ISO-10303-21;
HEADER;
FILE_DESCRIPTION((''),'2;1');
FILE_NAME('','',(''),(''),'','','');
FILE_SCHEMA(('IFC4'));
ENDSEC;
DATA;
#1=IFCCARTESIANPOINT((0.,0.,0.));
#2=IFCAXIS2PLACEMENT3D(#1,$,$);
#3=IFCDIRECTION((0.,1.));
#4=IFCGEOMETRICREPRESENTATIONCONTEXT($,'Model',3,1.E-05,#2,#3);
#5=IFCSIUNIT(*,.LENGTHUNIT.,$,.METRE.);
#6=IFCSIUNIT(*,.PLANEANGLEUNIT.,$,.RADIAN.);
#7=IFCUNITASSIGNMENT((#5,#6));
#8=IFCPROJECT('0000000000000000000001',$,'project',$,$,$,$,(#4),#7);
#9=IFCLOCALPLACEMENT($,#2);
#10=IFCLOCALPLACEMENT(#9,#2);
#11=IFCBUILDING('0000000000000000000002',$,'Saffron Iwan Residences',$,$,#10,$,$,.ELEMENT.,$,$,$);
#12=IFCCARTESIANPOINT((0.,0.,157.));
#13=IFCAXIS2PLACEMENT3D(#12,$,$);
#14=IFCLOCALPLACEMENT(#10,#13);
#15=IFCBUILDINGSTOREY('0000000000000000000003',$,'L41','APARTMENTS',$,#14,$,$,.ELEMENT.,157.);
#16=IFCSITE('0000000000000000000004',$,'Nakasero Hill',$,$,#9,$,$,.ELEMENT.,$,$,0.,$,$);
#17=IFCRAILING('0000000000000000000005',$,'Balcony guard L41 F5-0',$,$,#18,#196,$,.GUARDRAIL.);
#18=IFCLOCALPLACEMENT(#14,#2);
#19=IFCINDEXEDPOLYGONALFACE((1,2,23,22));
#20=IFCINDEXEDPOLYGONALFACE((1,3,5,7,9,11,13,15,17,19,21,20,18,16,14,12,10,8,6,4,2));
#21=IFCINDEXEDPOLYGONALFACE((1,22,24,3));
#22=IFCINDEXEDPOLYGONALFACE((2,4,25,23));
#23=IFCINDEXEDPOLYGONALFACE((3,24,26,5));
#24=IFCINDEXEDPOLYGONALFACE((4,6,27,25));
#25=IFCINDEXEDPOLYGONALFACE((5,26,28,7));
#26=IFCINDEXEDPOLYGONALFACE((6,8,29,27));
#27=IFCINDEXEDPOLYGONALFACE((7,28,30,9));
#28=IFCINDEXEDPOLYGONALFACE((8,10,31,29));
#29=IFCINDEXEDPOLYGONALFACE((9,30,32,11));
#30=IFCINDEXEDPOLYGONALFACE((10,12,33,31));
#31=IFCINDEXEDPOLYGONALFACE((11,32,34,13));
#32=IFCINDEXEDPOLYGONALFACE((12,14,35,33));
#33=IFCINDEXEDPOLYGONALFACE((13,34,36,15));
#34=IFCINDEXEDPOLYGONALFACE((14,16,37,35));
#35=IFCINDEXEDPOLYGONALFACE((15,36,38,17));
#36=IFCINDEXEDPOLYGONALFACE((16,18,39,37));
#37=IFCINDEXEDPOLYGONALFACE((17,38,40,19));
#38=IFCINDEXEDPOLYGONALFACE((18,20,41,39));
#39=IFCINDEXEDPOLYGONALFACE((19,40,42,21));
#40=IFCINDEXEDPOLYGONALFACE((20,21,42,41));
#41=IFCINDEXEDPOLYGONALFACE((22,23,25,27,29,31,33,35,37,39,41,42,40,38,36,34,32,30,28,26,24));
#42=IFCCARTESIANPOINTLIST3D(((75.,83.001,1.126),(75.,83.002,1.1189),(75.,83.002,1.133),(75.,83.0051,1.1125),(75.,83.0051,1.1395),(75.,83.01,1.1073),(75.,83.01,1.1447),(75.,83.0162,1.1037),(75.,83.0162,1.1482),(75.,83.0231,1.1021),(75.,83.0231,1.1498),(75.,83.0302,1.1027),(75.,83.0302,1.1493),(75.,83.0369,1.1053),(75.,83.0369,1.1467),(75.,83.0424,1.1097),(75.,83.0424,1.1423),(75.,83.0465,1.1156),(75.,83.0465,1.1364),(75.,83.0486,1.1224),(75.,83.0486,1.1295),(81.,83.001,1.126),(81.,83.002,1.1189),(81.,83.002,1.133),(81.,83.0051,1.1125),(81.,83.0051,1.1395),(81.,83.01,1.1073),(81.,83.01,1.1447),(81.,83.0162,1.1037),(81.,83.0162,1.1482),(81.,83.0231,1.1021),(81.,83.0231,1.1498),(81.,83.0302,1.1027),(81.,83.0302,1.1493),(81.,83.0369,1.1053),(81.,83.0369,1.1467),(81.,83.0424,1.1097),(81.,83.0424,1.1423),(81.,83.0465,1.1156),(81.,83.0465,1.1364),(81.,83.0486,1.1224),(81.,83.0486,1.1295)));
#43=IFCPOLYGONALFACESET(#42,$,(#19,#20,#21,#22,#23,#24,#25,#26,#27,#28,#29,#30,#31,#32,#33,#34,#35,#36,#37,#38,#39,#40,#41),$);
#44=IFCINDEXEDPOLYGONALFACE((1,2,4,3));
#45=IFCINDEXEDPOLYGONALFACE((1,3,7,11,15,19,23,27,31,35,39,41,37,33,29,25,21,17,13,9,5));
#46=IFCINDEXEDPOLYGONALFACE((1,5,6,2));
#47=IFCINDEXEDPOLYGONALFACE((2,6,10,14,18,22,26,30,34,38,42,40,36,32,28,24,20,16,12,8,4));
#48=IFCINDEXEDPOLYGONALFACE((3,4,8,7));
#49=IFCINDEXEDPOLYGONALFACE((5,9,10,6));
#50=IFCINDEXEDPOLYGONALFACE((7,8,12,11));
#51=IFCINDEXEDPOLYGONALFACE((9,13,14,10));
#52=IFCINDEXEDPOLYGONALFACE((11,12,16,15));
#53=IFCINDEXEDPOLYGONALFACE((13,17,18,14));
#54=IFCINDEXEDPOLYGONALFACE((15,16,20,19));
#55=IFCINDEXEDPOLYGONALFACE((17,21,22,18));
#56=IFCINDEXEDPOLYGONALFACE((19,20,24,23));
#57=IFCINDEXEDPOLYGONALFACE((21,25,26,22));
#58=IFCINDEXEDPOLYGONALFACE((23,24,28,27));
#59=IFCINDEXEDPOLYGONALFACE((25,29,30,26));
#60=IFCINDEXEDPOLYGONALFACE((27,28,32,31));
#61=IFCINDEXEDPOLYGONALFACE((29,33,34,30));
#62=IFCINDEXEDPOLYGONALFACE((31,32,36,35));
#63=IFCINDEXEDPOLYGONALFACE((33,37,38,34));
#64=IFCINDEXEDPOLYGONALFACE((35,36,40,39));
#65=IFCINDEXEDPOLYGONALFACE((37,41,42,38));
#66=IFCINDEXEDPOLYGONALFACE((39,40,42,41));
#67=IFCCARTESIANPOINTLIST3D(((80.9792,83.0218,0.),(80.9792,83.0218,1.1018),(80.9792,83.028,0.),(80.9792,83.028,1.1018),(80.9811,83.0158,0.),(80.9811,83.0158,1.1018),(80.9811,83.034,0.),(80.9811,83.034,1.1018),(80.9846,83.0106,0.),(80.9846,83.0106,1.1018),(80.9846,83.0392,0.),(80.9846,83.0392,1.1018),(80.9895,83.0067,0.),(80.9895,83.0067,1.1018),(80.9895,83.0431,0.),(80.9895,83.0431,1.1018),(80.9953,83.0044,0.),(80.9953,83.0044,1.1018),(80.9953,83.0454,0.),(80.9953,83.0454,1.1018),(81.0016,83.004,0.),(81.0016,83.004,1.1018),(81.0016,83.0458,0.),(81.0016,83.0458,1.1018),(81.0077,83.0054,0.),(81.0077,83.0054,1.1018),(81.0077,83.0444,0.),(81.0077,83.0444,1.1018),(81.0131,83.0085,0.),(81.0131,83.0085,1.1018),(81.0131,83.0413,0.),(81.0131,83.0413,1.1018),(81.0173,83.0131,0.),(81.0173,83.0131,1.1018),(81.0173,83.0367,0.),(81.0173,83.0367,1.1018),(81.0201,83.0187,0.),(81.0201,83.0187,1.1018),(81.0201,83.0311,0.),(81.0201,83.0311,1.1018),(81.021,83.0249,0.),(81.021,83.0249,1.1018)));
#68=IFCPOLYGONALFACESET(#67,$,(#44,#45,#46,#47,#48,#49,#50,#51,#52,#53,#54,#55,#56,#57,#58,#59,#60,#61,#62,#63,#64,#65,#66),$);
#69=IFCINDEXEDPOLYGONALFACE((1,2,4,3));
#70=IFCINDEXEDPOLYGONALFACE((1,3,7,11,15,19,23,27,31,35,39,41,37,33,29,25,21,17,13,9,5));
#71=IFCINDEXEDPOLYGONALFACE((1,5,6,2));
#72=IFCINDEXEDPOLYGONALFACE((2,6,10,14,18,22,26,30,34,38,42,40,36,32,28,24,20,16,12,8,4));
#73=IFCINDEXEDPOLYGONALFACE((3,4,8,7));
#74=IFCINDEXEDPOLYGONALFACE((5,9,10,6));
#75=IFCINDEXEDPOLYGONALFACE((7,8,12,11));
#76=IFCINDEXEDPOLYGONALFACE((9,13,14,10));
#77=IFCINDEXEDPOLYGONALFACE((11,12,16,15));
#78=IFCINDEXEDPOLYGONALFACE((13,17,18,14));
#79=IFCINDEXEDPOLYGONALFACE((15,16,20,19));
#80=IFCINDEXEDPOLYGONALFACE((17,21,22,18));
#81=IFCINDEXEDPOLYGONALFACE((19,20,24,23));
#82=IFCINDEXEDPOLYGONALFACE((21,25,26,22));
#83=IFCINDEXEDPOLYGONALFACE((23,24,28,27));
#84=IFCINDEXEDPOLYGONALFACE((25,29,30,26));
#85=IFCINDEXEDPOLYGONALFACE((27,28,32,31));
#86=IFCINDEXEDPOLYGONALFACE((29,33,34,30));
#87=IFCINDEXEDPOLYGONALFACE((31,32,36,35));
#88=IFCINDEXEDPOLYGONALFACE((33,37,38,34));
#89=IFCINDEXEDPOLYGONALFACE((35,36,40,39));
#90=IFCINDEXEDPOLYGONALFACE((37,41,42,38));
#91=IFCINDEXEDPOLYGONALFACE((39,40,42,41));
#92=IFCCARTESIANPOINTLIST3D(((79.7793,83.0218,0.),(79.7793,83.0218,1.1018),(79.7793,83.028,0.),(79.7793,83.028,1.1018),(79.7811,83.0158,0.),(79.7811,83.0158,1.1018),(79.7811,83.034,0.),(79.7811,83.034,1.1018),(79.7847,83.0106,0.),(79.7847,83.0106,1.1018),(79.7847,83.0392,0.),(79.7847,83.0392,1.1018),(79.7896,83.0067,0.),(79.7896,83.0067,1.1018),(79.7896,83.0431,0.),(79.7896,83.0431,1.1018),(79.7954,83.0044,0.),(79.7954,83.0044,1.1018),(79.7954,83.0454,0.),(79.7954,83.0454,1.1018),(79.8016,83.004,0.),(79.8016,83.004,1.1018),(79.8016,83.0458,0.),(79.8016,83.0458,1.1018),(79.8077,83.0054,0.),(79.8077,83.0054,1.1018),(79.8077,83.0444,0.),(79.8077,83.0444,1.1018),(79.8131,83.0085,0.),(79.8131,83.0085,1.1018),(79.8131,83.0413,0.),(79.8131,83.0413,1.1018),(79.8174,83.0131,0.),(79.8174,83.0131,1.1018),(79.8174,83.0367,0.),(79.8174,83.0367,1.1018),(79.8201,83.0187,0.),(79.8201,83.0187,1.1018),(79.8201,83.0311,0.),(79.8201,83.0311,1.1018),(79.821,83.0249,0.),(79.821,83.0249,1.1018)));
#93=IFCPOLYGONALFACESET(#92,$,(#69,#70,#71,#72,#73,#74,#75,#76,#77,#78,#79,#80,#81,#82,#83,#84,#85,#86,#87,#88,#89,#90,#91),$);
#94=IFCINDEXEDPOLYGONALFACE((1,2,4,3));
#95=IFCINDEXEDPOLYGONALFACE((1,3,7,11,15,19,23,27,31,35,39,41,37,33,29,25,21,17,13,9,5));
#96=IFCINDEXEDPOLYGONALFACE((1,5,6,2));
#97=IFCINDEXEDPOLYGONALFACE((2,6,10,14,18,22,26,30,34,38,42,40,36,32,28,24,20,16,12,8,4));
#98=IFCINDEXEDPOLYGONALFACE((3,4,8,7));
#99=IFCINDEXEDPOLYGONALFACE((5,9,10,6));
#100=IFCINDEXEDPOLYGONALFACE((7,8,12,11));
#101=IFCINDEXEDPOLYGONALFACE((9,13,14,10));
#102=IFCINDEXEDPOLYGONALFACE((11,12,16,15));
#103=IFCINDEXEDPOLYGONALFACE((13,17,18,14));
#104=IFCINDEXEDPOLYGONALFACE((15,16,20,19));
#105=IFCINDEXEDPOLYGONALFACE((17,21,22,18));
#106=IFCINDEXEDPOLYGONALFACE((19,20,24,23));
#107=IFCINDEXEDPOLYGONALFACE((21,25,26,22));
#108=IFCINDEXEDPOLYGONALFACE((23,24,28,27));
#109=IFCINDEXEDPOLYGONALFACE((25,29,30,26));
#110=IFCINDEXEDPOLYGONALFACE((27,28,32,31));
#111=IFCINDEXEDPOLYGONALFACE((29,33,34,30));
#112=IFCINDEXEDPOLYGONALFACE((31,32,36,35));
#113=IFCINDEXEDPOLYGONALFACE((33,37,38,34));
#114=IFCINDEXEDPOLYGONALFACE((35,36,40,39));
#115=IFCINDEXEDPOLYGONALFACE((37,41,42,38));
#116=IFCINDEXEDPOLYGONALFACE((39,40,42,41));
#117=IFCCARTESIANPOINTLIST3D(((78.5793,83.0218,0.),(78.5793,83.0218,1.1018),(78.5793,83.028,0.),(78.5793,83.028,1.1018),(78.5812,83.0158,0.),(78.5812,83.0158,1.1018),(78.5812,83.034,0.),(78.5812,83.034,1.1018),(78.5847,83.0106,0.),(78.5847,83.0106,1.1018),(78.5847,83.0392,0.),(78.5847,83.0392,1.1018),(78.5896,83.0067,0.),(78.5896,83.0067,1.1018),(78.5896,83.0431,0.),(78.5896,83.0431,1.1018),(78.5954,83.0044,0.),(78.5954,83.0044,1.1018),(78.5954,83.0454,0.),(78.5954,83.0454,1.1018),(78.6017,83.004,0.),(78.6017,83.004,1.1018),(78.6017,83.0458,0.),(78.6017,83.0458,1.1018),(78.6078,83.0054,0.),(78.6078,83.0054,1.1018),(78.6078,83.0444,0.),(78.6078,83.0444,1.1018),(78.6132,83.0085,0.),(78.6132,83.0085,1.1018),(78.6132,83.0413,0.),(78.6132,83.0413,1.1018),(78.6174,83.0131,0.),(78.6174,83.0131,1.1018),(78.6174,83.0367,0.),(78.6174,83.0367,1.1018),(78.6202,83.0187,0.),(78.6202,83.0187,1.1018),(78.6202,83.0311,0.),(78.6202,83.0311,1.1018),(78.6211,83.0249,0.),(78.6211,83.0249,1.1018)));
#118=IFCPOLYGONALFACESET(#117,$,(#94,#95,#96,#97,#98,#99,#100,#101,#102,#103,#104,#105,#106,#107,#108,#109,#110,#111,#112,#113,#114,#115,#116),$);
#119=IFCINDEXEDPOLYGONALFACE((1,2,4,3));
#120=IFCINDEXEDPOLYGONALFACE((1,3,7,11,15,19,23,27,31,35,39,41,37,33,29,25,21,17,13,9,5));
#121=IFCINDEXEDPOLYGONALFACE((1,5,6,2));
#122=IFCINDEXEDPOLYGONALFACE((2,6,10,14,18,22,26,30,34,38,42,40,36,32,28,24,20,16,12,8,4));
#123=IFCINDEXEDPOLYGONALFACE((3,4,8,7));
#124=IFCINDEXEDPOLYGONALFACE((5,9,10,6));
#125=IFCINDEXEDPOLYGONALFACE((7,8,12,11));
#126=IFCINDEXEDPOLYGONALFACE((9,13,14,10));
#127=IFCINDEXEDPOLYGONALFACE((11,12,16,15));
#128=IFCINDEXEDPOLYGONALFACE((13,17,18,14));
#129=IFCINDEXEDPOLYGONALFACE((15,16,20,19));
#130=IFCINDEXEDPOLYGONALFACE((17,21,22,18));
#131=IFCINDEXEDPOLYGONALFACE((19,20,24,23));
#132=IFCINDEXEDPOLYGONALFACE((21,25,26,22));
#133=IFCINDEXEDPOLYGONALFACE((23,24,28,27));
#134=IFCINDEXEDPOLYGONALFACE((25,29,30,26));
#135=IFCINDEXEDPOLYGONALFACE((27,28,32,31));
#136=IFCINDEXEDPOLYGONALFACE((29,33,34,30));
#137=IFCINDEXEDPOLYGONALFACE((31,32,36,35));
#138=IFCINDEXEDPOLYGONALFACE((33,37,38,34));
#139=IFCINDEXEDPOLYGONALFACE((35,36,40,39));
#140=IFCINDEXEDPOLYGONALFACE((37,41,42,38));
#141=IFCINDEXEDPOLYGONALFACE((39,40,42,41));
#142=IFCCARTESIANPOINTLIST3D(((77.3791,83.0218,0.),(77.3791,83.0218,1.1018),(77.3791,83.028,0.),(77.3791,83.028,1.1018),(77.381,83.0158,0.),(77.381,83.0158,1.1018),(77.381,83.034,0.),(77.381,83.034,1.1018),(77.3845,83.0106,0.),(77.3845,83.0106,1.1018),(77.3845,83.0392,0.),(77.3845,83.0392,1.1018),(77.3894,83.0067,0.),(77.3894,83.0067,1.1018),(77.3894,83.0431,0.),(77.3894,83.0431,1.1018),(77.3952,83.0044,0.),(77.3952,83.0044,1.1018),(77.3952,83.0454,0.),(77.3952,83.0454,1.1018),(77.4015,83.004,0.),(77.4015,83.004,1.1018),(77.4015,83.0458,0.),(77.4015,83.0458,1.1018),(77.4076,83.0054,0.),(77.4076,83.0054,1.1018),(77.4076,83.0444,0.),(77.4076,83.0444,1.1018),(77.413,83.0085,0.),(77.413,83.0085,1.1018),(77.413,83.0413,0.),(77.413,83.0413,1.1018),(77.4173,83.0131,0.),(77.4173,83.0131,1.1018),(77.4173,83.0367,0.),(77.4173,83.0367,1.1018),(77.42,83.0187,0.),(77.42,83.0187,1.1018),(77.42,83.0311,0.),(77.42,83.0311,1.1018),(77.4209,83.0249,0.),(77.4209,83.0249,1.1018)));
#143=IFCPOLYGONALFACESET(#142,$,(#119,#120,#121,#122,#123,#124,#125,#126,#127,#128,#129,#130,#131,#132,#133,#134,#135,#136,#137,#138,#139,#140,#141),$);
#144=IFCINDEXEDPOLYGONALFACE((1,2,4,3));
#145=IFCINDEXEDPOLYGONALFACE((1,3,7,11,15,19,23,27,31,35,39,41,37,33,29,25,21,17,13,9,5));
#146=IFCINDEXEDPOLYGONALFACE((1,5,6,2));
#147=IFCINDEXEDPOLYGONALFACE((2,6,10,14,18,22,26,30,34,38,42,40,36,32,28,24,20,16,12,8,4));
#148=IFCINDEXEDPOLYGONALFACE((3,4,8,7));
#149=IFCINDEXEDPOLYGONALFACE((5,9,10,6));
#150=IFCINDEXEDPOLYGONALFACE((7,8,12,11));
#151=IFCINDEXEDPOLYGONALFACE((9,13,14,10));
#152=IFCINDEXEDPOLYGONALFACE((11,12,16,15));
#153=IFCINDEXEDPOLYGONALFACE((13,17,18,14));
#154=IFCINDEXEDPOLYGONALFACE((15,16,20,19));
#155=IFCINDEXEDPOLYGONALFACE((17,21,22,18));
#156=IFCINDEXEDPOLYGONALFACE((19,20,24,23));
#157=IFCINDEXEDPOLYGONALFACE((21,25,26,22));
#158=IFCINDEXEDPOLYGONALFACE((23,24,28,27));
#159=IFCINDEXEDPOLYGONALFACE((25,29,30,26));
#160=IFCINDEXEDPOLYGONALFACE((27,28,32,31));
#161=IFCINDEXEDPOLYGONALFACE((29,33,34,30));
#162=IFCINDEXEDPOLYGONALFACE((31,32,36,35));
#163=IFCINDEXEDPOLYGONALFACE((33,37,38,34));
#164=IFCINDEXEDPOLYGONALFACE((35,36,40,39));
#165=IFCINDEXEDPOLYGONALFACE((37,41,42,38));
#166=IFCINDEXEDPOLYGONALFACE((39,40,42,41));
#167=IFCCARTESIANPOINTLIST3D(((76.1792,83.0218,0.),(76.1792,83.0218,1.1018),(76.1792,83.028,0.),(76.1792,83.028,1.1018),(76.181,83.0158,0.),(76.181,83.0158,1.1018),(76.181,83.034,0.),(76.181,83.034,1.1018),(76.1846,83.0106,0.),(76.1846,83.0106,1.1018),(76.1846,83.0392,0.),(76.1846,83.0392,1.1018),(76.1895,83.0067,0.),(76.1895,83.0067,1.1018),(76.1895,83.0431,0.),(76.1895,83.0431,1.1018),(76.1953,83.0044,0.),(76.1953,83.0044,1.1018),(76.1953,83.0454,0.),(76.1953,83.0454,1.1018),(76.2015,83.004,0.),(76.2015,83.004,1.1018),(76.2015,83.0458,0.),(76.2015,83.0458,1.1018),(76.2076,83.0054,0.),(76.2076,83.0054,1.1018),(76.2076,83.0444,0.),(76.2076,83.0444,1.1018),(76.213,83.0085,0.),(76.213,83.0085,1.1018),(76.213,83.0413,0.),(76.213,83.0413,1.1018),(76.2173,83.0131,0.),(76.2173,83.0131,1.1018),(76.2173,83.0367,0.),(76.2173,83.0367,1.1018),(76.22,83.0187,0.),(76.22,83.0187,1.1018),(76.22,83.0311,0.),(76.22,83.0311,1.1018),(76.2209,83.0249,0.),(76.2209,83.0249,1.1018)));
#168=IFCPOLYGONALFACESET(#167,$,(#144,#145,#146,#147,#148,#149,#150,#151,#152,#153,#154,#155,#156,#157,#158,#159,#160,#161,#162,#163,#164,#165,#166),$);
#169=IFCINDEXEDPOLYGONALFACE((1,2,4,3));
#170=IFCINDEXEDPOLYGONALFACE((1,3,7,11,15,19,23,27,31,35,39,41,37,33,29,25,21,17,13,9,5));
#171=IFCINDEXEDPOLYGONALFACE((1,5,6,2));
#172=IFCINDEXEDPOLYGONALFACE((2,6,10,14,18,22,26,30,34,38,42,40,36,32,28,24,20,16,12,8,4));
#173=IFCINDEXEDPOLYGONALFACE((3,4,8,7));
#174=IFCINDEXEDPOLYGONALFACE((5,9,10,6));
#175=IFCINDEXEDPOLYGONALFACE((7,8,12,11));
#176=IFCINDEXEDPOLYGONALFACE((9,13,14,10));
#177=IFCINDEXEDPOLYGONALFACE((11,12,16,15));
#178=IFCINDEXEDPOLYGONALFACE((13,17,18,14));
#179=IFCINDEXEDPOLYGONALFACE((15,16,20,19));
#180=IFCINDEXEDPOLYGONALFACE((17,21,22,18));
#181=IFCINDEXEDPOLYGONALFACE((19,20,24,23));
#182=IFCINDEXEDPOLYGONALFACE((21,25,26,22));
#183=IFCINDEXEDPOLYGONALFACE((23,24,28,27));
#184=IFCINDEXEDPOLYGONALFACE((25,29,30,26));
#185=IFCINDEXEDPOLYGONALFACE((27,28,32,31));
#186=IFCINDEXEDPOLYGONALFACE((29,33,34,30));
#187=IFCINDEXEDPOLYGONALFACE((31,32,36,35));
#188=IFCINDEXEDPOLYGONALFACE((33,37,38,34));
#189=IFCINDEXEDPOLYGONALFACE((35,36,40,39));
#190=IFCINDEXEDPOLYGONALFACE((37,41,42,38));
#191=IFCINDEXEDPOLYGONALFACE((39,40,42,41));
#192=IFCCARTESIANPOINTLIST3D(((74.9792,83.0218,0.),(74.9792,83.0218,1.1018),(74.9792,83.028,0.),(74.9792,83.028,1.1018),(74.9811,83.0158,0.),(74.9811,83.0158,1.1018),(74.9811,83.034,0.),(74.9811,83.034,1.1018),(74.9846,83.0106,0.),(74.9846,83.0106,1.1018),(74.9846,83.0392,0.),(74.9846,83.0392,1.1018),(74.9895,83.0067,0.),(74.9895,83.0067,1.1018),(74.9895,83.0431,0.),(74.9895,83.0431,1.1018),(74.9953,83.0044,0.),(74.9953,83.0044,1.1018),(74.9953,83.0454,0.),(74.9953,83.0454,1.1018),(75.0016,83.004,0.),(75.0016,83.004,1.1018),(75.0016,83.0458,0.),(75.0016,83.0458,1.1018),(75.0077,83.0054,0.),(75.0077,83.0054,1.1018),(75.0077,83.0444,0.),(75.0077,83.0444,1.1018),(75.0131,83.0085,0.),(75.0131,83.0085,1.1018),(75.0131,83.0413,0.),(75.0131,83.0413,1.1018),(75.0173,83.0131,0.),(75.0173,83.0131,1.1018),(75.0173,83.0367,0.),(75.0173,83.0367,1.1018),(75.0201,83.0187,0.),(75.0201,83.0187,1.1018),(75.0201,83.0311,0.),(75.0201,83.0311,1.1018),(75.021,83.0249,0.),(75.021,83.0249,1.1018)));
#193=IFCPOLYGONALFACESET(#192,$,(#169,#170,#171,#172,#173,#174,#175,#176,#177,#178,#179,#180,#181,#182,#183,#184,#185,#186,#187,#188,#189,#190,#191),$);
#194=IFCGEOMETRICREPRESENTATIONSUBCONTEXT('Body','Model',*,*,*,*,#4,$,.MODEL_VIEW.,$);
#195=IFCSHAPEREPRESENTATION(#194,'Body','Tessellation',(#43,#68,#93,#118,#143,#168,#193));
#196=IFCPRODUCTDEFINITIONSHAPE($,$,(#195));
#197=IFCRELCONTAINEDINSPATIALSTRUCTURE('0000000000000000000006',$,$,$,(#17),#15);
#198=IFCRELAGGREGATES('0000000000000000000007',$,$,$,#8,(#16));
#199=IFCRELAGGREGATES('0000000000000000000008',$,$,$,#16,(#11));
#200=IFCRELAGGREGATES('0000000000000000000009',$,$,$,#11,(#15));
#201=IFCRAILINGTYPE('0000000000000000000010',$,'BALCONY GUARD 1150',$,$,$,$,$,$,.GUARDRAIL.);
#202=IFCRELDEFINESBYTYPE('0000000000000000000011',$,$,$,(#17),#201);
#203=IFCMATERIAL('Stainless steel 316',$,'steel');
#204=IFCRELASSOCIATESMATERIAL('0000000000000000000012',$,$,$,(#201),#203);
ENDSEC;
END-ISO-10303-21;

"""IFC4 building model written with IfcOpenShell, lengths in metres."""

from ifc_helpers import new_model, si_unit, direction, frame, origin, origin_2d, place, context, subcontext, project, spatial, circle, extrude, material, type_object, element, save


model = new_model("IFC4")

# Units and contexts
model_context = context("Model", 3, precision=1e-05, world=origin(), true_north=direction((0.0, 1.0)))
body_context = subcontext(model_context, "Body", "Model", "MODEL_VIEW")
ifc_project = project(units=[si_unit("LENGTHUNIT", "METRE"), si_unit("PLANEANGLEUNIT", "RADIAN")], contexts=[model_context])

# Site, building, storey
site_placement = place(None, origin())
site = spatial("IfcSite", under=ifc_project, at=site_placement, Name="Nakasero Hill", CompositionType="ELEMENT", RefElevation=0.0)
building_placement = place(site_placement, origin())
building = spatial("IfcBuilding", under=site, at=building_placement, Name="Saffron Iwan Residences", CompositionType="ELEMENT")
storey_placement = place(building_placement, frame((0.0, 0.0, 157.0)))
storey = spatial("IfcBuildingStorey", under=building, at=storey_placement, Name="L41", Description="APARTMENTS", CompositionType="ELEMENT", Elevation=157.0)

# Railing
ifc_material_1 = material(Name="Stainless steel 316", Category="steel")
railing_type = type_object("IfcRailingType", Name="BALCONY GUARD 1150", PredefinedType="GUARDRAIL", material=ifc_material_1)
railing_placement = place(storey_placement, frame((81.0, 83.0249, 0.0)))
element("IfcRailing", 1, at=railing_placement, inside=storey, type_object=railing_type, Name="Balcony guard L41 F5-0", PredefinedType="GUARDRAIL", context=body_context, shape_type="SweptSolid", body=[
    extrude(circle(Radius=0.0239, at=origin_2d()), frame((0.0, 0.0, 1.126), z_axis=(-1.0, 0.0, 0.0), x_axis=(0.0, -1.0, 0.0)), (0.0, 0.0, 1.0), 6.0),
    extrude(circle(Radius=0.021, at=origin_2d()), origin(), (0.0, 0.0, 1.0), 1.1018),
    extrude(circle(Radius=0.021, at=origin_2d()), frame((-1.2, 0.0, 0.0)), (0.0, 0.0, 1.0), 1.1018),
    extrude(circle(Radius=0.021, at=origin_2d()), frame((-2.3999, 0.0, 0.0)), (0.0, 0.0, 1.0), 1.1018),
    extrude(circle(Radius=0.021, at=origin_2d()), frame((-3.6001, 0.0, 0.0)), (0.0, 0.0, 1.0), 1.1018),
    extrude(circle(Radius=0.021, at=origin_2d()), frame((-4.8, 0.0, 0.0)), (0.0, 0.0, 1.0), 1.1018),
    extrude(circle(Radius=0.021, at=origin_2d()), frame((-6.0, 0.0, 0.0)), (0.0, 0.0, 1.0), 1.1018),
])

save(model, "model.ifc")
